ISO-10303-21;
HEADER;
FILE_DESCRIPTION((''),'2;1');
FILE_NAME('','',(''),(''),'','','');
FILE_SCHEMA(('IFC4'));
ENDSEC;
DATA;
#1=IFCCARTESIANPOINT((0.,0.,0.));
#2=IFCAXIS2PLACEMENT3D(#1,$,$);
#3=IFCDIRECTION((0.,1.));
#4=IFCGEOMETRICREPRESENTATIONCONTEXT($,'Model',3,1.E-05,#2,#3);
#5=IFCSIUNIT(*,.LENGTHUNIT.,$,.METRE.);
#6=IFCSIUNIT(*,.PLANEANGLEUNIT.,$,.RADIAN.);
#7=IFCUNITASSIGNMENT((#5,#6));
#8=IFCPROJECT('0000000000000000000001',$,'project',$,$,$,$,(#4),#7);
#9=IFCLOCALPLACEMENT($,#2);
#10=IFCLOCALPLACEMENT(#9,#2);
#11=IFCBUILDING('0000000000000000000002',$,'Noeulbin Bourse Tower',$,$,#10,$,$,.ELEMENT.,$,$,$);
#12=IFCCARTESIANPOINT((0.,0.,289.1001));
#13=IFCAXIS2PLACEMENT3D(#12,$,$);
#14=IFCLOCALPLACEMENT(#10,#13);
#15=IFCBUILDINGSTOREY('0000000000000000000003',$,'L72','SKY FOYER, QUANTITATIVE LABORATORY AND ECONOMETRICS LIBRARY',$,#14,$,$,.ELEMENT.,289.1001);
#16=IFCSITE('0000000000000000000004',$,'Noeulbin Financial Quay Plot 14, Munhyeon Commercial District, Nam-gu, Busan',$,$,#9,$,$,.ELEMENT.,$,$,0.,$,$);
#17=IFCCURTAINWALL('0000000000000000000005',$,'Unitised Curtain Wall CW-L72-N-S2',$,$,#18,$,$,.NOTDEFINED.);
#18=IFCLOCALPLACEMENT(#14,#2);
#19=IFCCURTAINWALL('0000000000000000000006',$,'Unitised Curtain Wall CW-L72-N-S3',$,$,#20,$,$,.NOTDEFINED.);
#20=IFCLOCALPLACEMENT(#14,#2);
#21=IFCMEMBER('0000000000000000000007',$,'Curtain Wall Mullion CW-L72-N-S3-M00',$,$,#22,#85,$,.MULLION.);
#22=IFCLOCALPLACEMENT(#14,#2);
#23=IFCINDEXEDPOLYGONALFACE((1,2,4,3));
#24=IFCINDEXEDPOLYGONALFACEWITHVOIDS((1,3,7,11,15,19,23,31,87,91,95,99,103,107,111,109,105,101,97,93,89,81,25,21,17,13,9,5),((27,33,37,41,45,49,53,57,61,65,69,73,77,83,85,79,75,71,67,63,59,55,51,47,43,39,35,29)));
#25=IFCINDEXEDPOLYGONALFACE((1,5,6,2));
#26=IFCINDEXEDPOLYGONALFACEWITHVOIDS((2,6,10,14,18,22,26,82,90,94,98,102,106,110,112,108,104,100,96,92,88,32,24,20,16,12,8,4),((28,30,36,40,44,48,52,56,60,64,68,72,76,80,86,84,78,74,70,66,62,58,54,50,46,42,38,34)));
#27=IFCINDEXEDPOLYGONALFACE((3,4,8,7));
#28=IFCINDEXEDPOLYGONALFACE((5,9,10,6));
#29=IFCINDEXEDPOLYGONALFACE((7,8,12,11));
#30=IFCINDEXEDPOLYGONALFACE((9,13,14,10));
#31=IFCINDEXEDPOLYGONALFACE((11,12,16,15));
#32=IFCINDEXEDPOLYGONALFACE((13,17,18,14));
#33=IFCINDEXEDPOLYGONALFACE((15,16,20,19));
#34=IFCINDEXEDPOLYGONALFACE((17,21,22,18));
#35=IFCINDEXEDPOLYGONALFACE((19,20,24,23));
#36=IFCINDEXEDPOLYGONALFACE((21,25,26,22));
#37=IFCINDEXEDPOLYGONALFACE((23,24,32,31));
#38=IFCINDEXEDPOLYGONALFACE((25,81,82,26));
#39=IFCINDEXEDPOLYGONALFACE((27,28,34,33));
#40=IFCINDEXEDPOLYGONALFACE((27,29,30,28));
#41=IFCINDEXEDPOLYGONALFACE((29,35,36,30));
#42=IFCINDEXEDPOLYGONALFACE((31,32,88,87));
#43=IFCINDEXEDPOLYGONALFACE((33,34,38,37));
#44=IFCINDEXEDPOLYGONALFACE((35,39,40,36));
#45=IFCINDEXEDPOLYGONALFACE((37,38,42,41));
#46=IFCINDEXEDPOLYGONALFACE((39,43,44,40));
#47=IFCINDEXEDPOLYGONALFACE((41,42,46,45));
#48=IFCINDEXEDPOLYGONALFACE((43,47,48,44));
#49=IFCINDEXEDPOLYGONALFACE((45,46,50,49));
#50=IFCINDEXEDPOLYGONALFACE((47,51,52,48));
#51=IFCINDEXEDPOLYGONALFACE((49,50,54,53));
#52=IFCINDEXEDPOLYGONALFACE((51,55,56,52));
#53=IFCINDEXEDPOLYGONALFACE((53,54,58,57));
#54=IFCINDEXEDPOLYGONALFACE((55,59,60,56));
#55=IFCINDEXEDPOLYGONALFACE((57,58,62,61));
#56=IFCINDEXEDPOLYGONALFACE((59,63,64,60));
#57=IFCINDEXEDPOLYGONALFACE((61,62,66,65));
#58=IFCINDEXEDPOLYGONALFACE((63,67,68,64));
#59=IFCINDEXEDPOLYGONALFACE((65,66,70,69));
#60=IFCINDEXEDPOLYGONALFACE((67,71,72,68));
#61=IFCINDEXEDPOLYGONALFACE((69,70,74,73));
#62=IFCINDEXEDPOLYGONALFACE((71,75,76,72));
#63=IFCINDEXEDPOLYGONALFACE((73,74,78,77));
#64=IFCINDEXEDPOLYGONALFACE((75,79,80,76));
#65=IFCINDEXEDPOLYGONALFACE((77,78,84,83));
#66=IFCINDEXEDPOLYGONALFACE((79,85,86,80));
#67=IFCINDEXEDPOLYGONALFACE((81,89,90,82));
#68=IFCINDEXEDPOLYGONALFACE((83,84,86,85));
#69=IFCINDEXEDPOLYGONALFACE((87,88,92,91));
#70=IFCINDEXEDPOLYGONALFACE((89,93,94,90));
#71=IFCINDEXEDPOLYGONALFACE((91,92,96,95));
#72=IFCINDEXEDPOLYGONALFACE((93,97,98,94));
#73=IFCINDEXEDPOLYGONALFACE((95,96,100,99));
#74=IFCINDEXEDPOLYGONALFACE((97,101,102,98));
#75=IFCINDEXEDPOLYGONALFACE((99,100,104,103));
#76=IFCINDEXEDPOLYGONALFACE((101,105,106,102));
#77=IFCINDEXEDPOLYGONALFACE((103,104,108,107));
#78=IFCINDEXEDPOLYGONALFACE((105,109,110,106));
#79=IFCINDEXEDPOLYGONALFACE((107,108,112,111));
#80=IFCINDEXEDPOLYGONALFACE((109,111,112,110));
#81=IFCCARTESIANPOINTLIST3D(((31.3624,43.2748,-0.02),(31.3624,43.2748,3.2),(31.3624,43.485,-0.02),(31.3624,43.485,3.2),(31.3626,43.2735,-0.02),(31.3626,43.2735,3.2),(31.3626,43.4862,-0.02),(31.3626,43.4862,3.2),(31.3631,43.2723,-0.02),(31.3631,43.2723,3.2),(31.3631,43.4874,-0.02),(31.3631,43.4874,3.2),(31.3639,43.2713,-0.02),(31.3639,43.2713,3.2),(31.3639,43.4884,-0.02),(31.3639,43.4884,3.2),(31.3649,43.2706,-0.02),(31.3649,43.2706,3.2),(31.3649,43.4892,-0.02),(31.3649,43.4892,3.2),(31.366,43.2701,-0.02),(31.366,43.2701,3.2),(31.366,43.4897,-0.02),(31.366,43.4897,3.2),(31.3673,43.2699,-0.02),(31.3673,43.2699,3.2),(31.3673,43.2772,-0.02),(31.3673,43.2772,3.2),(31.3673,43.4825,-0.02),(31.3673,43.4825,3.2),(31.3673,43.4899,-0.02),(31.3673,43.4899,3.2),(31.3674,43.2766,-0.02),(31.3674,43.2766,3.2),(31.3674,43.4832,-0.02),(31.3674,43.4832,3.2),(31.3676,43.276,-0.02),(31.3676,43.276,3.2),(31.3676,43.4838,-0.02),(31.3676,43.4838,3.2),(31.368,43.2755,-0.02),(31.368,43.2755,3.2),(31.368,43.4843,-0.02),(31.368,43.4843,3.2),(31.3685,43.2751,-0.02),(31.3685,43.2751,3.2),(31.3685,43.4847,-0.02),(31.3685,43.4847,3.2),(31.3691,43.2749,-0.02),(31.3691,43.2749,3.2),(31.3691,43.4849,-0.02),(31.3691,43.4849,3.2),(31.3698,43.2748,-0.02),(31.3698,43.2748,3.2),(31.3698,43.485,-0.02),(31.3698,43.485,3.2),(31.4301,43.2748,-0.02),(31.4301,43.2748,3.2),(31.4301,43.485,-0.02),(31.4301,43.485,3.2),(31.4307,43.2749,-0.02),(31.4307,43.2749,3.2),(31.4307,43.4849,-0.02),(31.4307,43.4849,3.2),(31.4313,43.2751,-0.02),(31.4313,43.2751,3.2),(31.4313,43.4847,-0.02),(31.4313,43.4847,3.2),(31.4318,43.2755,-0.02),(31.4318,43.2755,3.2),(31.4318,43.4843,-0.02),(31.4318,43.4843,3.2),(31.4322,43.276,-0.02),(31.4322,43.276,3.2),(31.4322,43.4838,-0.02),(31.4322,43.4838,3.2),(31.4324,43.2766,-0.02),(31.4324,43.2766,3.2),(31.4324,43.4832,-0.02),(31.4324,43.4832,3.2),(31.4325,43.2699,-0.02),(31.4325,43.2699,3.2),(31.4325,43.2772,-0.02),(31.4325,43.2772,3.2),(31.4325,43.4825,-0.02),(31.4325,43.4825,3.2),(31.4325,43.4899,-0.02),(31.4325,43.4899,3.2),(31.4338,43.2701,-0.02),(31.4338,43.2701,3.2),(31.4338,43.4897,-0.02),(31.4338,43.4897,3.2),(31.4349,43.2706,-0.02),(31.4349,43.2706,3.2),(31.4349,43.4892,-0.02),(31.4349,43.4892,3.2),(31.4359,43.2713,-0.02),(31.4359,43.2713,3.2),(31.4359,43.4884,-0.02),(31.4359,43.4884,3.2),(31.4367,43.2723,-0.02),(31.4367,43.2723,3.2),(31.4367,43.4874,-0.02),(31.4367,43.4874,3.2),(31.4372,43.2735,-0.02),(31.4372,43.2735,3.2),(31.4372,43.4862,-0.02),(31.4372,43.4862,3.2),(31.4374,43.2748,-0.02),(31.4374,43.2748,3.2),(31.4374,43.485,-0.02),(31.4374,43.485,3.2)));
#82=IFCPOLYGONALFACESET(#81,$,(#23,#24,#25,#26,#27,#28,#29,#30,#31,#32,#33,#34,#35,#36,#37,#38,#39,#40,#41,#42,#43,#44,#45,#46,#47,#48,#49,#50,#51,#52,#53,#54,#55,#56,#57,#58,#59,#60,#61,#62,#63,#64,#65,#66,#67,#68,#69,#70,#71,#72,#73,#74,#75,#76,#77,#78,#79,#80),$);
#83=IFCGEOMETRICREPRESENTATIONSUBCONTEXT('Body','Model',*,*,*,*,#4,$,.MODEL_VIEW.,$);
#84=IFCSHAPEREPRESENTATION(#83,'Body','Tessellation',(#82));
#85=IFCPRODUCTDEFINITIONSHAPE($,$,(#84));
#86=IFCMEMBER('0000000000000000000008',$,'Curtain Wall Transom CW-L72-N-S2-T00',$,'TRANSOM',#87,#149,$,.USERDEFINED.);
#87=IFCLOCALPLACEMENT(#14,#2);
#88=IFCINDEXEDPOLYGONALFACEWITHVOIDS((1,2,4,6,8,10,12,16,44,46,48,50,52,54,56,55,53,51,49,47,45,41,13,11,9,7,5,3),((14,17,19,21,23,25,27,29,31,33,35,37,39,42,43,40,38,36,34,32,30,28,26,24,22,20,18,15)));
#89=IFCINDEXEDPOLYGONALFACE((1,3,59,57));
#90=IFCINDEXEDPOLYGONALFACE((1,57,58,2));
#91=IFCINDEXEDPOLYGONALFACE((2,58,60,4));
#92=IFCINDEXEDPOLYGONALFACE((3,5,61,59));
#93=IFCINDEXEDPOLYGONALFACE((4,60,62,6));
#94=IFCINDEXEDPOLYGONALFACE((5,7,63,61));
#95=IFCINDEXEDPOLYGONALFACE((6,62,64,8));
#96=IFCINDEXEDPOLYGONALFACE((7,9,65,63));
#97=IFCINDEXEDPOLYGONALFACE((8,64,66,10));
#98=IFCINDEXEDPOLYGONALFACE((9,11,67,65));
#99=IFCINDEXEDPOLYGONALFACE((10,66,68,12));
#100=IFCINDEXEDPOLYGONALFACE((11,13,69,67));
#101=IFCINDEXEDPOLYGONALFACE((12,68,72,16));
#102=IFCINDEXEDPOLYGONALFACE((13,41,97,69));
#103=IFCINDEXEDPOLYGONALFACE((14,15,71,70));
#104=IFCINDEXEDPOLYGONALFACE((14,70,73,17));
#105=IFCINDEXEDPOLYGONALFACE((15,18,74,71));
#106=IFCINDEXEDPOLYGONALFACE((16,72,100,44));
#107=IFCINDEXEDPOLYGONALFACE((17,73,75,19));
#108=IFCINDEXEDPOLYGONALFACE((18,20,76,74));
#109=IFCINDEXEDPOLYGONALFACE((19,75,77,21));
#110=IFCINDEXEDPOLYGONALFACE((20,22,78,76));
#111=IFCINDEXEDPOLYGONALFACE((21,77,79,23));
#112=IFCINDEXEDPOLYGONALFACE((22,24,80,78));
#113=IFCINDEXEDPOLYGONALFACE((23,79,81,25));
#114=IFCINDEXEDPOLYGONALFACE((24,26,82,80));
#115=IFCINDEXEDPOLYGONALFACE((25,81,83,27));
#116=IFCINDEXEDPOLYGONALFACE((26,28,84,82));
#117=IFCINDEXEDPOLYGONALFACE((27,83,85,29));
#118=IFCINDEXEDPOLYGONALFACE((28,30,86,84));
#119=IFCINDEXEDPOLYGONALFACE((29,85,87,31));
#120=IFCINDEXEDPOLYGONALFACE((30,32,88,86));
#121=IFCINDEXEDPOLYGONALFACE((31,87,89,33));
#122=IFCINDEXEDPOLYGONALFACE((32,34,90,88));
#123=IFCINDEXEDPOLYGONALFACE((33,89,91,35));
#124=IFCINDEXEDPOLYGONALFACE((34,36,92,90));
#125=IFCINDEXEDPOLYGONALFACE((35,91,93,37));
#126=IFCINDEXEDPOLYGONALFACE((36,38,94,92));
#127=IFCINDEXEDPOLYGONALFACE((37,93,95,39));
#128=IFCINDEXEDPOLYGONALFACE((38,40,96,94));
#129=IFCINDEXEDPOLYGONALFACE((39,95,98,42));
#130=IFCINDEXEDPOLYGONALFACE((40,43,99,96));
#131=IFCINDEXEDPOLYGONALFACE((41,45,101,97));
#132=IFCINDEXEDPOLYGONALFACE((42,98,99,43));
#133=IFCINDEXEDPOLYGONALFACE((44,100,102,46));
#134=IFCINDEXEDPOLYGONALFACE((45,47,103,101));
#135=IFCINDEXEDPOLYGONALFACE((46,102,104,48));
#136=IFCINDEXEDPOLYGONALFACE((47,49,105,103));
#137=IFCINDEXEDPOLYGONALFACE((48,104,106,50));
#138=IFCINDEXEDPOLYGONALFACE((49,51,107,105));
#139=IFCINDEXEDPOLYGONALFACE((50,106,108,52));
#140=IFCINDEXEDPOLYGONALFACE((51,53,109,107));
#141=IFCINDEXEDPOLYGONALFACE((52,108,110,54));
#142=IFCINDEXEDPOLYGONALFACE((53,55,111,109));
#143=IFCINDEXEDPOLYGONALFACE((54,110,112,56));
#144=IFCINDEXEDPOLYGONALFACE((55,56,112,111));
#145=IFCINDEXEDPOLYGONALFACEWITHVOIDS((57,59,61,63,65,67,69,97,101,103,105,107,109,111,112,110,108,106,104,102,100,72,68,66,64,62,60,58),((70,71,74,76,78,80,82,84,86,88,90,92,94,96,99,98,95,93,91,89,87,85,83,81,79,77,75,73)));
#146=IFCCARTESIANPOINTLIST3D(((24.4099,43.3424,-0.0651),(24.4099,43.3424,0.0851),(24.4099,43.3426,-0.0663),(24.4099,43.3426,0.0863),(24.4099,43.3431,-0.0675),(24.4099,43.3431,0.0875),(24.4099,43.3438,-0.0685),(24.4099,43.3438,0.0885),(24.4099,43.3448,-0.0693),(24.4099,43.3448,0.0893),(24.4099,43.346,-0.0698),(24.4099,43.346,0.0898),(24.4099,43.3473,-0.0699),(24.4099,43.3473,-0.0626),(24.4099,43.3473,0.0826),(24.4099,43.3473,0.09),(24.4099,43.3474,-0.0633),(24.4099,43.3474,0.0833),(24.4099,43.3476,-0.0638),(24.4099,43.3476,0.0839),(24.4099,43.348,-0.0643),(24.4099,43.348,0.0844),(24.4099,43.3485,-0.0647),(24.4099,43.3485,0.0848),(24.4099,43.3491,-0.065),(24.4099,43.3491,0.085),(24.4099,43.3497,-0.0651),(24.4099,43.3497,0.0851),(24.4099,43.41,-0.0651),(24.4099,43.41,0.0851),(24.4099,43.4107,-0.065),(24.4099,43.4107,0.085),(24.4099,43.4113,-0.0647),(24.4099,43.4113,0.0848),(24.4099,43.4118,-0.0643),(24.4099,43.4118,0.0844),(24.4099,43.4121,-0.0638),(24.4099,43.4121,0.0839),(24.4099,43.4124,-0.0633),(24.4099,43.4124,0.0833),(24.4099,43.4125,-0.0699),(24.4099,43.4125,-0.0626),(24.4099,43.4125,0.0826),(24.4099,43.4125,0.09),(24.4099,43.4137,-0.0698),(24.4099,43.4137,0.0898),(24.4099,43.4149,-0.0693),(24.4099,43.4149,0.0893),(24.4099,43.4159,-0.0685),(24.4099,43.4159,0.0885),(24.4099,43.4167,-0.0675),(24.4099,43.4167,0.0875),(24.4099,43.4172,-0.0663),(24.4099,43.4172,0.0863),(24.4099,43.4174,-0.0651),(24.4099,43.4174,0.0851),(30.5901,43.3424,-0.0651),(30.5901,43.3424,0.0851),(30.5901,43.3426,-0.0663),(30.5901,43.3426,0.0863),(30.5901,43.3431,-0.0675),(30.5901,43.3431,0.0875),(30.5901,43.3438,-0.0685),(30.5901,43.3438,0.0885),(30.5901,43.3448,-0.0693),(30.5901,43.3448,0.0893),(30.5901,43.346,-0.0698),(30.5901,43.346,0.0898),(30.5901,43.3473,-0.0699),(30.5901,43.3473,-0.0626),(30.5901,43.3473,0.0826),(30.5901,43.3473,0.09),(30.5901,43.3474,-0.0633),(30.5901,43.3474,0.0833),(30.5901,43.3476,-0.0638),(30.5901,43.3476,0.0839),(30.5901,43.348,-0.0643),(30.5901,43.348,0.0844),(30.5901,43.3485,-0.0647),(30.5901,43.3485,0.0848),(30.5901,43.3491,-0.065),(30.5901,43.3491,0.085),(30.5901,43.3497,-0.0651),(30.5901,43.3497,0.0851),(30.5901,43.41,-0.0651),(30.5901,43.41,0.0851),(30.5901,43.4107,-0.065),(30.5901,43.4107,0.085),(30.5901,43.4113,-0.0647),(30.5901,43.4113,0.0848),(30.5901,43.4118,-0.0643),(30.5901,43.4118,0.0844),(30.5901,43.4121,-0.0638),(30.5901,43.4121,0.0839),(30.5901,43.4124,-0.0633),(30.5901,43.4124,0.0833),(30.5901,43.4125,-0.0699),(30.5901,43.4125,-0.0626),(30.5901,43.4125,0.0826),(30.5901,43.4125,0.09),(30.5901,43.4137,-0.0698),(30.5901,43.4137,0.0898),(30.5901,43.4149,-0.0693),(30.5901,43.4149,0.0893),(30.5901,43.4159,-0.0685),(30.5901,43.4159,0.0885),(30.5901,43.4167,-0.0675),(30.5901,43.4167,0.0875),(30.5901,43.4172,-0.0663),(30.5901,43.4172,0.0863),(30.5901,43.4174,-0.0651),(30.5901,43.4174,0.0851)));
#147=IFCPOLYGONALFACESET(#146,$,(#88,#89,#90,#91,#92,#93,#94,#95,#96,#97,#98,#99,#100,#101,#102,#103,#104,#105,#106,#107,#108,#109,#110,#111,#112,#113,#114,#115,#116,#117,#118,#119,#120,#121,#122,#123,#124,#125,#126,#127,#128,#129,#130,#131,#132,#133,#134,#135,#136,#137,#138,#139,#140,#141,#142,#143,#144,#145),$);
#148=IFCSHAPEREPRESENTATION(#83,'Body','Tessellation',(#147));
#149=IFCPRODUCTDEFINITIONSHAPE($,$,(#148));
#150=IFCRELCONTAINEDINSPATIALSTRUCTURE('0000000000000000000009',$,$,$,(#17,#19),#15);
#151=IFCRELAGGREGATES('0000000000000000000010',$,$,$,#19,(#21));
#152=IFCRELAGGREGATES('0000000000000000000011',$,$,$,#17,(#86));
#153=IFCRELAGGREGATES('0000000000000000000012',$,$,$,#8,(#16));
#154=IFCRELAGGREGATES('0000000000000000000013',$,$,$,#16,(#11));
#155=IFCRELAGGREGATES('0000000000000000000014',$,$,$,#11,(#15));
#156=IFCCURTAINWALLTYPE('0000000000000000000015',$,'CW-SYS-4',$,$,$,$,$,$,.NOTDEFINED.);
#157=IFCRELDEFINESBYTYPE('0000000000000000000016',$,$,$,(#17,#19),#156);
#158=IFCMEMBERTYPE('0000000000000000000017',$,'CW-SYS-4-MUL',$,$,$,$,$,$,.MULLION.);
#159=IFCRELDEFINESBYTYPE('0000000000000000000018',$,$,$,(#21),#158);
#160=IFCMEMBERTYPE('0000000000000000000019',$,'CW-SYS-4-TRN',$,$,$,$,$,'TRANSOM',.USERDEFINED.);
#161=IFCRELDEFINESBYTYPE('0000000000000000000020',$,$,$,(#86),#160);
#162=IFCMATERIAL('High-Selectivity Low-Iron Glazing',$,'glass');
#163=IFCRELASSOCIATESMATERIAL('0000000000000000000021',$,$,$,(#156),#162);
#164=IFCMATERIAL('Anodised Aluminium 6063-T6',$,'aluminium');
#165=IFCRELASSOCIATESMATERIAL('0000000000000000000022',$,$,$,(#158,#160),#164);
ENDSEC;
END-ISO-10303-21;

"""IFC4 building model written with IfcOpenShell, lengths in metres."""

from ifc_helpers import new_model, si_unit, direction, frame, origin, origin_2d, place, context, subcontext, project, spatial, hollow_rectangle, extrude, material, material_profile, profile_set, type_object, element, aggregate, save


model = new_model("IFC4")

# Units and contexts
model_context = context("Model", 3, precision=1e-05, world=origin(), true_north=direction((0.0, 1.0)))
body_context = subcontext(model_context, "Body", "Model", "MODEL_VIEW")
ifc_project = project(units=[si_unit("LENGTHUNIT", "METRE"), si_unit("PLANEANGLEUNIT", "RADIAN")], contexts=[model_context])

# Site, building, storey
site_placement = place(None, origin())
site = spatial("IfcSite", under=ifc_project, at=site_placement, Name="Noeulbin Financial Quay Plot 14, Munhyeon Commercial District, Nam-gu, Busan", CompositionType="ELEMENT", RefElevation=0.0)
building_placement = place(site_placement, origin())
building = spatial("IfcBuilding", under=site, at=building_placement, Name="Noeulbin Bourse Tower", CompositionType="ELEMENT")
storey_placement = place(building_placement, frame((0.0, 0.0, 289.1001)))
storey = spatial("IfcBuildingStorey", under=building, at=storey_placement, Name="L72", Description="SKY FOYER, QUANTITATIVE LABORATORY AND ECONOMETRICS LIBRARY", CompositionType="ELEMENT", Elevation=289.1001)

# Curtain wall
ifc_material_1 = material(Name="High-Selectivity Low-Iron Glazing", Category="glass")
curtain_wall_type = type_object("IfcCurtainWallType", Name="CW-SYS-4", PredefinedType="NOTDEFINED", material=ifc_material_1)
ifc_material_2 = material(Name="Anodised Aluminium 6063-T6", Category="aluminium")
ifc_material_profile_1 = material_profile(ifc_material_2, hollow_rectangle(XDim=0.075, YDim=0.22, WallThickness=0.0049, InnerFilletRadius=0.0024, OuterFilletRadius=0.0049, at=origin_2d()), Name="ALU-MULL-75x220x5", Category="LoadBearing")
ifc_profile_set_1 = profile_set([ifc_material_profile_1], Name="Anodised Aluminium 6063-T6")
member_type_1 = type_object("IfcMemberType", Name="CW-SYS-4-MUL", PredefinedType="MULLION", material=ifc_profile_set_1)
curtain_wall_1_placement = place(storey_placement, origin())
curtain_wall_1 = element("IfcCurtainWall", 1, at=curtain_wall_1_placement, inside=storey, type_object=curtain_wall_type, Name="Unitised Curtain Wall CW-L72-N-S2", PredefinedType="NOTDEFINED")

# Curtain wall, member
curtain_wall_2_placement = place(storey_placement, origin())
curtain_wall_2 = element("IfcCurtainWall", 2, at=curtain_wall_2_placement, inside=storey, type_object=curtain_wall_type, Name="Unitised Curtain Wall CW-L72-N-S3", PredefinedType="NOTDEFINED")
member_1_placement = place(storey_placement, frame((31.3999, 43.3799, -0.02), z_axis=(0.0, 0.0, 1.0), x_axis=(1.0, 0.0, 0.0)))
member_1 = element("IfcMember", 3, at=member_1_placement, type_object=member_type_1, Name="Curtain Wall Mullion CW-L72-N-S3-M00", PredefinedType="MULLION", context=body_context, shape_type="SweptSolid", body=[
    extrude(hollow_rectangle(XDim=0.075, YDim=0.22, WallThickness=0.0049, InnerFilletRadius=0.0024, OuterFilletRadius=0.0049, at=origin_2d()), origin(), (0.0, 0.0, 1.0), 3.22),
])

# Member
ifc_material_profile_2 = material_profile(ifc_material_2, hollow_rectangle(XDim=0.075, YDim=0.1599, WallThickness=0.0049, InnerFilletRadius=0.0024, OuterFilletRadius=0.0049, at=origin_2d()), Name="ALU-TRAN-75x160x5", Category="LoadBearing")
ifc_profile_set_2 = profile_set([ifc_material_profile_2], Name="Anodised Aluminium 6063-T6")
member_type_2 = type_object("IfcMemberType", Name="CW-SYS-4-TRN", ElementType="TRANSOM", PredefinedType="USERDEFINED", material=ifc_profile_set_2)
member_2_placement = place(storey_placement, frame((24.4099, 43.3799, 0.01), z_axis=(1.0, 0.0, 0.0), x_axis=(0.0, 1.0, 0.0)))
member_2 = element("IfcMember", 4, at=member_2_placement, type_object=member_type_2, Name="Curtain Wall Transom CW-L72-N-S2-T00", ObjectType="TRANSOM", PredefinedType="USERDEFINED", context=body_context, shape_type="SweptSolid", body=[
    extrude(hollow_rectangle(XDim=0.075, YDim=0.1599, WallThickness=0.0049, InnerFilletRadius=0.0024, OuterFilletRadius=0.0049, at=origin_2d()), origin(), (0.0, 0.0, 1.0), 6.1802),
])
aggregate(curtain_wall_2, [member_1])

aggregate(curtain_wall_1, [member_2])

save(model, "model.ifc")
